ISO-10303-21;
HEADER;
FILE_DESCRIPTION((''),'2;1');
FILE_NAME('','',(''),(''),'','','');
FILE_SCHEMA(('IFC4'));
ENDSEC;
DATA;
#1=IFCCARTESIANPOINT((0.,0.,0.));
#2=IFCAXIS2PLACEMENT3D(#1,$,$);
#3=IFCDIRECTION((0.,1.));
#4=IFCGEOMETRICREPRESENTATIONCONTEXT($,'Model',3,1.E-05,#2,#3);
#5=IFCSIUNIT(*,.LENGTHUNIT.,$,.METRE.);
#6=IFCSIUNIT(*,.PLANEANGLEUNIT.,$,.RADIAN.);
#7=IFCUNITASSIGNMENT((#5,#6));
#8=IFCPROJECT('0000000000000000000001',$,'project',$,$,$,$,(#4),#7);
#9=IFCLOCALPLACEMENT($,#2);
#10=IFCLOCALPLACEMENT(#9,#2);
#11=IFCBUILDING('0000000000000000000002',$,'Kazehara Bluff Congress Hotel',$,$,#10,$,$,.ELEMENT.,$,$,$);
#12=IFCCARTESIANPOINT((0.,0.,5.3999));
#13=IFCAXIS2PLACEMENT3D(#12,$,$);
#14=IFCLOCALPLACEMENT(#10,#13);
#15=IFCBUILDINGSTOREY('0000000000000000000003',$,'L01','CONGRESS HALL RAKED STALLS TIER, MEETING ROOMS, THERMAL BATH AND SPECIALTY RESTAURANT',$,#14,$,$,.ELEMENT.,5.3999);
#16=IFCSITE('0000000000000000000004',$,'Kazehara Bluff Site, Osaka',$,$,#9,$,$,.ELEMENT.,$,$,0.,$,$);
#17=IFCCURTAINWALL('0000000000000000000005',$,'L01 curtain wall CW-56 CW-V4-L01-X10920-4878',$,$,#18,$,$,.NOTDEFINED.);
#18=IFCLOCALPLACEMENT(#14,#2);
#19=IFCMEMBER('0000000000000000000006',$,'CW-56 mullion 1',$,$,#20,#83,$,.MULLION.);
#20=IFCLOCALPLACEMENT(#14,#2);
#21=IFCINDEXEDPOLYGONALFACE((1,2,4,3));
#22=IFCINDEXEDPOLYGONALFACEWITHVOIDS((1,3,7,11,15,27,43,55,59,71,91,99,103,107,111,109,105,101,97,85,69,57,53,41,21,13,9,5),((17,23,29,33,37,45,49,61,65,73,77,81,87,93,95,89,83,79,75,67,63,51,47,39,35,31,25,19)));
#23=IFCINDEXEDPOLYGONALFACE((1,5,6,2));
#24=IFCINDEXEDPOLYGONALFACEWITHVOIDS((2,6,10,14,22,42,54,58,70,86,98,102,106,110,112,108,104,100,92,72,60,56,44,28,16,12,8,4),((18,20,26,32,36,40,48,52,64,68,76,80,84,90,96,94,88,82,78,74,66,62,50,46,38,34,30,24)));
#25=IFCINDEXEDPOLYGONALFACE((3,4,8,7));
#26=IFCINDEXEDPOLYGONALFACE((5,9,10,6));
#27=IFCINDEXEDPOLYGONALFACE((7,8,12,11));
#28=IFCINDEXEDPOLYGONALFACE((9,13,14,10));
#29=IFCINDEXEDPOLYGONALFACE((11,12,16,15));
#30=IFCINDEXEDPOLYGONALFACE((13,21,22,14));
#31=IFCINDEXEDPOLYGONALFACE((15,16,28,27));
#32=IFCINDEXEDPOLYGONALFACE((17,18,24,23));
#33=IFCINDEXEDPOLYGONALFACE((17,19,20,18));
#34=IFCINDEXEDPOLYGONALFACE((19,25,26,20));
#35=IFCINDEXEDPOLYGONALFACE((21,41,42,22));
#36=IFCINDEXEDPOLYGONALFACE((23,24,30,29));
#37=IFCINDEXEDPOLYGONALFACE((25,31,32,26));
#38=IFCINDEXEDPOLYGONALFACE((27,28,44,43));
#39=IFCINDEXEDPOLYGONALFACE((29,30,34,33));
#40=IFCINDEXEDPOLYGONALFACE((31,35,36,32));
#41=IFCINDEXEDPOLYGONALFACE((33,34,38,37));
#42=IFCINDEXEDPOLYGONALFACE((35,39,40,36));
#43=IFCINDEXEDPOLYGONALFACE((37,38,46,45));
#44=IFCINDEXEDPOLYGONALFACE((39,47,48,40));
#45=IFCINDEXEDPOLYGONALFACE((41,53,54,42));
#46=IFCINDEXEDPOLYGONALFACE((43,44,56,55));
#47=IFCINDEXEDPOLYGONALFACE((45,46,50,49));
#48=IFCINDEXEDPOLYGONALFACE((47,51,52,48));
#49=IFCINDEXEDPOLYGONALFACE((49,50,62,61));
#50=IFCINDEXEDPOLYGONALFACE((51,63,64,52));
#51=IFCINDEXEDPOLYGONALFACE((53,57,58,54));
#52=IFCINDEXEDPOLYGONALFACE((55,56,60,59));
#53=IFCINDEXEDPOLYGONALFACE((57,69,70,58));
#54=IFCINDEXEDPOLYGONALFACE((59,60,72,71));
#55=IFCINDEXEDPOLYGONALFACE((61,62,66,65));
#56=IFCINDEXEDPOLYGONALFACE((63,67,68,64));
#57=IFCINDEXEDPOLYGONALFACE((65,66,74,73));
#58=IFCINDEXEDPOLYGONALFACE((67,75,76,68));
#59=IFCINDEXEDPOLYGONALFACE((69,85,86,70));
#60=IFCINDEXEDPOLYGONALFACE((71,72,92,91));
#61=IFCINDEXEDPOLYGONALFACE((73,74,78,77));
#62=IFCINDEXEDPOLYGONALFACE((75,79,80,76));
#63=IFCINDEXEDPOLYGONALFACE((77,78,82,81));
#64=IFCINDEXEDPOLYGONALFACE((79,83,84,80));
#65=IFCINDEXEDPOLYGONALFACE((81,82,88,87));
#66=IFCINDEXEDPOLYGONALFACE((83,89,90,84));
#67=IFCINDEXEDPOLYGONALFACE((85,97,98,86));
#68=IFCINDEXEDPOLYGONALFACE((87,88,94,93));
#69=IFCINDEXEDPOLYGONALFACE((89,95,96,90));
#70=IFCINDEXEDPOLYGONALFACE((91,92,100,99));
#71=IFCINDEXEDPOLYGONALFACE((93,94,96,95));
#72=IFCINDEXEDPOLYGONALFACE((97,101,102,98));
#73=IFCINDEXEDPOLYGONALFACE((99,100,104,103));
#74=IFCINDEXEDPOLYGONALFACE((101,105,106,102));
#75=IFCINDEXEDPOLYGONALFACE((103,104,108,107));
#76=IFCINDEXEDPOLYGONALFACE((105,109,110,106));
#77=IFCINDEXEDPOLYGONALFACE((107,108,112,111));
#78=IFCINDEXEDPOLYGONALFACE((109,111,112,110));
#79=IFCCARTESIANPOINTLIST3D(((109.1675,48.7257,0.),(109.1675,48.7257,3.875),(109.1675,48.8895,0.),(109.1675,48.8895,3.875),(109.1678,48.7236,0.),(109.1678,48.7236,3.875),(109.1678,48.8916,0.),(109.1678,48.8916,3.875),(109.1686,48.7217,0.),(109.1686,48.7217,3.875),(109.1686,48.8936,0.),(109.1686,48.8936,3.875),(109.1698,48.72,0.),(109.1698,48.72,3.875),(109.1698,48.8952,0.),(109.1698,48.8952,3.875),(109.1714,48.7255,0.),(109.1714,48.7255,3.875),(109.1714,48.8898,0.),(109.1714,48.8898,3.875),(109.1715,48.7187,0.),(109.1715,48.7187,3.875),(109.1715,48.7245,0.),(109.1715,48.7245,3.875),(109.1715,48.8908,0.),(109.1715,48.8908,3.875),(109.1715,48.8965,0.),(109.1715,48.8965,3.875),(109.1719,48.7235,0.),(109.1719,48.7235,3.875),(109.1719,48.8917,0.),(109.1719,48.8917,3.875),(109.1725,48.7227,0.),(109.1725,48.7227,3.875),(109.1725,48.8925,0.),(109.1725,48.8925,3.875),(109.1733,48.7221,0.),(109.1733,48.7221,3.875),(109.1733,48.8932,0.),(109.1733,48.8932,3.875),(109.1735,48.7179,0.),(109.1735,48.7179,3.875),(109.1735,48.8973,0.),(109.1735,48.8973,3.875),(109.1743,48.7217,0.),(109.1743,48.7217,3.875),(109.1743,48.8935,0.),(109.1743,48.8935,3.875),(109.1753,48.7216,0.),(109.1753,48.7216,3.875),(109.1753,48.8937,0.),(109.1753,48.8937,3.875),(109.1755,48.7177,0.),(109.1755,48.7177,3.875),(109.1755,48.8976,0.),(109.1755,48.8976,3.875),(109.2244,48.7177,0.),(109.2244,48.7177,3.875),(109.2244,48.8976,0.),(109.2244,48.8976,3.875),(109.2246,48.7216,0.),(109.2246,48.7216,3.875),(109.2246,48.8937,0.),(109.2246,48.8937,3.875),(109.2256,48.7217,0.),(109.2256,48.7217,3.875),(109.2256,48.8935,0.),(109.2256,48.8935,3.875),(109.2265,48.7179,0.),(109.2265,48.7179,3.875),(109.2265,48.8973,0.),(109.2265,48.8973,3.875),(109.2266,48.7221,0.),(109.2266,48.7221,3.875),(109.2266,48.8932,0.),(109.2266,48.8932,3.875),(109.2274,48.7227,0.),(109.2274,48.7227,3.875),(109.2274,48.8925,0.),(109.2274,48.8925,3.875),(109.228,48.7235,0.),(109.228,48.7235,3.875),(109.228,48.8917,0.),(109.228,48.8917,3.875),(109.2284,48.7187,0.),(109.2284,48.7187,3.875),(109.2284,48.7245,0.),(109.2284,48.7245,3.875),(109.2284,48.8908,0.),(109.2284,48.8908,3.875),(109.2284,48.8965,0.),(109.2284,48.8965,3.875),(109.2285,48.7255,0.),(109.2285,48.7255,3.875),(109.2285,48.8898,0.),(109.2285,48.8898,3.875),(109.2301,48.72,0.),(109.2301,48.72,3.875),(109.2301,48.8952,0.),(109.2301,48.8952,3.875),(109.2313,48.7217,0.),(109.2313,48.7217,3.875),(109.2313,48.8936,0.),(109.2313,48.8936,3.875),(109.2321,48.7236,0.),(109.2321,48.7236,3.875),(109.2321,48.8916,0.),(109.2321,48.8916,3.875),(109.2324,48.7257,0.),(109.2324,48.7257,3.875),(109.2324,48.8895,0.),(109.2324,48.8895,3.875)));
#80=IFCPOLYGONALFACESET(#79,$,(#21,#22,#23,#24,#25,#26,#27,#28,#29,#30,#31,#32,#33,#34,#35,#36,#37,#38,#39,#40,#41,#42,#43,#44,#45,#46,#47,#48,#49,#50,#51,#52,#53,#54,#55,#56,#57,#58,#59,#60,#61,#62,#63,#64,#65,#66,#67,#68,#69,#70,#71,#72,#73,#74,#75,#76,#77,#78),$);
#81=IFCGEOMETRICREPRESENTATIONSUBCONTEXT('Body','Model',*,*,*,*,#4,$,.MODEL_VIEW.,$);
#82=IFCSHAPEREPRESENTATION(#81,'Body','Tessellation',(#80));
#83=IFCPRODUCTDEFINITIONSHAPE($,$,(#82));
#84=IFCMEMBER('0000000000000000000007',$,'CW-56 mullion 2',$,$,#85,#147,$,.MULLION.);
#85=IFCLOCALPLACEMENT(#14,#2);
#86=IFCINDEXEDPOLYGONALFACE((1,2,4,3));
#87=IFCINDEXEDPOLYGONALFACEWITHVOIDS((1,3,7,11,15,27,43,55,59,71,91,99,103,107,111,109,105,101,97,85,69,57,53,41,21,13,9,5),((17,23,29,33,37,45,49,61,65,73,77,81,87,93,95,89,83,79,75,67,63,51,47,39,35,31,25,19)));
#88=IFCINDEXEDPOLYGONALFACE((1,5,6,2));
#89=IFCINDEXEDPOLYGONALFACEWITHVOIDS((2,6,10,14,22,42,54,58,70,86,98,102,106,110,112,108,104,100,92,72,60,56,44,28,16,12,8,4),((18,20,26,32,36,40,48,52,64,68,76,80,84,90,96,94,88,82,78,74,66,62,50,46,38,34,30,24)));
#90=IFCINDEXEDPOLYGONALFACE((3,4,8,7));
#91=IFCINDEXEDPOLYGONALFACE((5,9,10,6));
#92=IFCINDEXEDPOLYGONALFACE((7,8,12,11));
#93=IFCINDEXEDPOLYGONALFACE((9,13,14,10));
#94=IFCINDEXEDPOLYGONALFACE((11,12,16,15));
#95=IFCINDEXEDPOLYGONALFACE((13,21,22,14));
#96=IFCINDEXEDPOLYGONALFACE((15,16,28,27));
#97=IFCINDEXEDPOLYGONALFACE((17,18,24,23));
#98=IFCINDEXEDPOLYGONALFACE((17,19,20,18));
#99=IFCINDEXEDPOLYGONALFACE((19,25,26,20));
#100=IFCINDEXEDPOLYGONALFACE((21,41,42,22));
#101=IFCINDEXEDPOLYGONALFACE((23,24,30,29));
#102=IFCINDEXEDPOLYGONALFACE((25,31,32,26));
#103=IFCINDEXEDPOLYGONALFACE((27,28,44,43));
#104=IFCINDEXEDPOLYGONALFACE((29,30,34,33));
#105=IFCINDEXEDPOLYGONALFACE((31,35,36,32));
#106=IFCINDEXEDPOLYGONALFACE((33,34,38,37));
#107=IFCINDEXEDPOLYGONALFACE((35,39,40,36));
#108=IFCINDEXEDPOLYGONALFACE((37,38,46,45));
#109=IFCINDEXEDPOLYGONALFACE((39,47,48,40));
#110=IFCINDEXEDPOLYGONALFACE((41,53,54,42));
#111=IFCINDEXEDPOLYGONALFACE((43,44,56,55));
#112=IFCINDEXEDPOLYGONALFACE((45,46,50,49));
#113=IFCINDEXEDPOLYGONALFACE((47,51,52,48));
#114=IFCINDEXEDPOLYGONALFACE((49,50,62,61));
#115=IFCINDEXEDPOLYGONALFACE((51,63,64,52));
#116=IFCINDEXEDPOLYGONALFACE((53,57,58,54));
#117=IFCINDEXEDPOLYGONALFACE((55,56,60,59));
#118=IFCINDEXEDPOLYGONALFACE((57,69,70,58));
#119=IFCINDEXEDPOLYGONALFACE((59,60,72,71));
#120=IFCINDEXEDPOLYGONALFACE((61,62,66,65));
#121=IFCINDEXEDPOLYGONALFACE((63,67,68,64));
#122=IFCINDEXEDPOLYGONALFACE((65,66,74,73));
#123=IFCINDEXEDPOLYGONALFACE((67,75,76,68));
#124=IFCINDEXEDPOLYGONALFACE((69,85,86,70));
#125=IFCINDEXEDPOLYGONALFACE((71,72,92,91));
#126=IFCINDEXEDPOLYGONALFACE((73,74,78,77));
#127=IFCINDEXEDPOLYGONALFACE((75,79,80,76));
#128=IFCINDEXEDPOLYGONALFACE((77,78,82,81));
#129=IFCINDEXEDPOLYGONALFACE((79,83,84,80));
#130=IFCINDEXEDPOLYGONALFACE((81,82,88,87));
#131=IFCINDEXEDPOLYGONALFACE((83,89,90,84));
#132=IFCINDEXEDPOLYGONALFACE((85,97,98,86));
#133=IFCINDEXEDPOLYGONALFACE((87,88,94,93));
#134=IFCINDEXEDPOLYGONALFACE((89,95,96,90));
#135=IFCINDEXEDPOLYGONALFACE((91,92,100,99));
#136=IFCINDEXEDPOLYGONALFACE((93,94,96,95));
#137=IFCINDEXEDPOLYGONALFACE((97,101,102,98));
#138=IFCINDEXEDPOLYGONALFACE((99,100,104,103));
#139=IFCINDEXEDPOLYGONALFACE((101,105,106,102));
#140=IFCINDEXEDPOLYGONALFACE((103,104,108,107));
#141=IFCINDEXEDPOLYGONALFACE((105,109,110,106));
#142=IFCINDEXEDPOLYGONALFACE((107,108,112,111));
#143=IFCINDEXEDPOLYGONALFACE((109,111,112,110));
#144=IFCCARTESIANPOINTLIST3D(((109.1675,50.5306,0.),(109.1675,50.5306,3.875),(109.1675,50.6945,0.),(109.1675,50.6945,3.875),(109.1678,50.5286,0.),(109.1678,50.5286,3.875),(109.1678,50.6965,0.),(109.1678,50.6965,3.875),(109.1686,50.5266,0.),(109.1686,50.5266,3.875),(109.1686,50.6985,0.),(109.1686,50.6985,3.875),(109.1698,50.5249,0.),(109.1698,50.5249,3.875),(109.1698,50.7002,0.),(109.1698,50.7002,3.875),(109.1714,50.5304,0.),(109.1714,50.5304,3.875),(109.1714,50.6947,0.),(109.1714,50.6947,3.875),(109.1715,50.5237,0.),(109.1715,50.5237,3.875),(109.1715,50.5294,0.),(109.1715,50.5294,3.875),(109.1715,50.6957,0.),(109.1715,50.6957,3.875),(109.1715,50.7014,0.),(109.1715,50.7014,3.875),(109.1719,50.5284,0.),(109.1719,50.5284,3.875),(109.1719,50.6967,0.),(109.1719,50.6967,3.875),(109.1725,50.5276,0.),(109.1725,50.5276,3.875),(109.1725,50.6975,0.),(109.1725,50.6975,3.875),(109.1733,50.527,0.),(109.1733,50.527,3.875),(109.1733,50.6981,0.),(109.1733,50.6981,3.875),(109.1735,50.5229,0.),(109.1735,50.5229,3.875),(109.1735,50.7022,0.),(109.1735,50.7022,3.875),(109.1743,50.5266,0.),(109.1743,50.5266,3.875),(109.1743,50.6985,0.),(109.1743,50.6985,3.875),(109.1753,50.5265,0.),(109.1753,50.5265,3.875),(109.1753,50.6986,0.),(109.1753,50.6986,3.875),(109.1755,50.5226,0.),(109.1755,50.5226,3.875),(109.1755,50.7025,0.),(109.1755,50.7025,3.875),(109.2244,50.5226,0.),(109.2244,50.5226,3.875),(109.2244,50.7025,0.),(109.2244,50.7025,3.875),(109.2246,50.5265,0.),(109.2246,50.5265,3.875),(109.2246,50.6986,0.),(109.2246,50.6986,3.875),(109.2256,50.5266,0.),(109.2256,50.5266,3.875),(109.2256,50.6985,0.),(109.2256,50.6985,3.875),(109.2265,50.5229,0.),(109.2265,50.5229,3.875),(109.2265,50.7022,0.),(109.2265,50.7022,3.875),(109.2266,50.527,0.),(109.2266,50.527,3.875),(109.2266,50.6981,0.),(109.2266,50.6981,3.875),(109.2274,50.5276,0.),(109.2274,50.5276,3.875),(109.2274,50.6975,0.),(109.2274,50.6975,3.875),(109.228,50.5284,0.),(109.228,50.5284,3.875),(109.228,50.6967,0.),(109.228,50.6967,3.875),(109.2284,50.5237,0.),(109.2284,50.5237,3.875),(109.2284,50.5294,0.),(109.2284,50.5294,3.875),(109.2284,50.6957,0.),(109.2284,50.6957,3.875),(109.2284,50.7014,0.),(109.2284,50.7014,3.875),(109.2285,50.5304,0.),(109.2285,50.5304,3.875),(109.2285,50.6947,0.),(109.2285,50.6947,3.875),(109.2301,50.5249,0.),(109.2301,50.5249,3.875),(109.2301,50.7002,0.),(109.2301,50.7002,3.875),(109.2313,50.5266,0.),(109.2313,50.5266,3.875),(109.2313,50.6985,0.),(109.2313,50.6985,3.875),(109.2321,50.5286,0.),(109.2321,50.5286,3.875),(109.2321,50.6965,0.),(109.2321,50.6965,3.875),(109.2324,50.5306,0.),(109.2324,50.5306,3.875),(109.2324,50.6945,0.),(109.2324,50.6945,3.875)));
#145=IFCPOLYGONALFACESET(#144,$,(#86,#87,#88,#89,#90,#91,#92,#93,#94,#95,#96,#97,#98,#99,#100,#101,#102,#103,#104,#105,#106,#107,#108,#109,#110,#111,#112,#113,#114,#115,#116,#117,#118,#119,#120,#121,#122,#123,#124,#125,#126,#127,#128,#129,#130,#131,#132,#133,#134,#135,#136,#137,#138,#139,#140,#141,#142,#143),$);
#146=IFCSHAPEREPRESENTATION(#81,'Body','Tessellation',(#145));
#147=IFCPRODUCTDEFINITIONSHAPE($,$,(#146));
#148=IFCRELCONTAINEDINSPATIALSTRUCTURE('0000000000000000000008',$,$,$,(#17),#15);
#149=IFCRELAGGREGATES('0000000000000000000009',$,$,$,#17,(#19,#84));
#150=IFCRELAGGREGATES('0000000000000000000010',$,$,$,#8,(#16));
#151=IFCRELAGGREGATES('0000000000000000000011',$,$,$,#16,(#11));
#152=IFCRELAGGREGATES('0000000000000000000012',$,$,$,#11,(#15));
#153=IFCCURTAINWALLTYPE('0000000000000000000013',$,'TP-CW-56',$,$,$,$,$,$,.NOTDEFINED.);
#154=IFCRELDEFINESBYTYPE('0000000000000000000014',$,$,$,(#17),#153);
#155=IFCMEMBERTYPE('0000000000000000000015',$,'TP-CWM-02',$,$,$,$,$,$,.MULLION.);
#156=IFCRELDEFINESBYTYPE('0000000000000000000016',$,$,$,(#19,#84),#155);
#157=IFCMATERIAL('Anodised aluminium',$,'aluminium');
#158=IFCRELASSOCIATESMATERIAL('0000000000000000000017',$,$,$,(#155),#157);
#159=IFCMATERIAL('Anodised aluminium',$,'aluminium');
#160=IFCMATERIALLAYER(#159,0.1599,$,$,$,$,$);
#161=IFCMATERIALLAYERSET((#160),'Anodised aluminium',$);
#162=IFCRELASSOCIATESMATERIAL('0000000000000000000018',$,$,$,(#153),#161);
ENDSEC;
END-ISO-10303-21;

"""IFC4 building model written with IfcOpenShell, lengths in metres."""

from ifc_helpers import new_model, si_unit, direction, frame, origin, origin_2d, place, context, subcontext, project, spatial, hollow_rectangle, extrude, material, layer, layer_set, material_profile, profile_set, type_object, element, aggregate, save


model = new_model("IFC4")

# Units and contexts
model_context = context("Model", 3, precision=1e-05, world=origin(), true_north=direction((0.0, 1.0)))
body_context = subcontext(model_context, "Body", "Model", "MODEL_VIEW")
ifc_project = project(units=[si_unit("LENGTHUNIT", "METRE"), si_unit("PLANEANGLEUNIT", "RADIAN")], contexts=[model_context])

# Site, building, storey
site_placement = place(None, origin())
site = spatial("IfcSite", under=ifc_project, at=site_placement, Name="Kazehara Bluff Site, Osaka", CompositionType="ELEMENT", RefElevation=0.0)
building_placement = place(site_placement, origin())
building = spatial("IfcBuilding", under=site, at=building_placement, Name="Kazehara Bluff Congress Hotel", CompositionType="ELEMENT")
storey_placement = place(building_placement, frame((0.0, 0.0, 5.3999)))
storey = spatial("IfcBuildingStorey", under=building, at=storey_placement, Name="L01", Description="CONGRESS HALL RAKED STALLS TIER, MEETING ROOMS, THERMAL BATH AND SPECIALTY RESTAURANT", CompositionType="ELEMENT", Elevation=5.3999)

# Curtain wall, members
ifc_material_1 = material(Name="Anodised aluminium", Category="aluminium")
ifc_material_profile_1 = material_profile(ifc_material_1, hollow_rectangle(XDim=0.0649, YDim=0.1799, WallThickness=0.0039, InnerFilletRadius=0.0039, OuterFilletRadius=0.0081, at=origin_2d()))
ifc_profile_set_1 = profile_set([ifc_material_profile_1], Name="Anodised aluminium")
member_type_1 = type_object("IfcMemberType", Name="TP-CWM-02", PredefinedType="MULLION", material=ifc_profile_set_1)
ifc_material_2 = material(Name="Anodised aluminium", Category="aluminium")
ifc_layer_1 = layer(ifc_material_2, 0.1599)
ifc_layer_set_1 = layer_set([ifc_layer_1], Name="Anodised aluminium")
curtain_wall_type_1 = type_object("IfcCurtainWallType", Name="TP-CW-56", PredefinedType="NOTDEFINED", material=ifc_layer_set_1)
curtain_wall_1_placement = place(storey_placement, origin())
curtain_wall_1 = element("IfcCurtainWall", 1, at=curtain_wall_1_placement, inside=storey, type_object=curtain_wall_type_1, Name="L01 curtain wall CW-56 CW-V4-L01-X10920-4878", PredefinedType="NOTDEFINED")
member_1_placement = place(storey_placement, frame((109.2, 48.8076, 0.0), z_axis=(0.0, 0.0, 1.0), x_axis=(-1.0, 0.0, 0.0)))
member_1 = element("IfcMember", 2, at=member_1_placement, type_object=member_type_1, Name="CW-56 mullion 1", PredefinedType="MULLION", context=body_context, shape_type="SweptSolid", body=[
    extrude(hollow_rectangle(XDim=0.0649, YDim=0.1799, WallThickness=0.0039, InnerFilletRadius=0.0039, OuterFilletRadius=0.0081, at=origin_2d()), origin(), (0.0, 0.0, 1.0), 3.875),
])
member_2_placement = place(storey_placement, frame((109.2, 50.6125, 0.0), z_axis=(0.0, 0.0, 1.0), x_axis=(-1.0, 0.0, 0.0)))
member_2 = element("IfcMember", 3, at=member_2_placement, type_object=member_type_1, Name="CW-56 mullion 2", PredefinedType="MULLION", context=body_context, shape_type="SweptSolid", body=[
    extrude(hollow_rectangle(XDim=0.0649, YDim=0.1799, WallThickness=0.0039, InnerFilletRadius=0.0039, OuterFilletRadius=0.0081, at=origin_2d()), origin(), (0.0, 0.0, 1.0), 3.875),
])

aggregate(curtain_wall_1, [member_1, member_2])

save(model, "model.ifc")
